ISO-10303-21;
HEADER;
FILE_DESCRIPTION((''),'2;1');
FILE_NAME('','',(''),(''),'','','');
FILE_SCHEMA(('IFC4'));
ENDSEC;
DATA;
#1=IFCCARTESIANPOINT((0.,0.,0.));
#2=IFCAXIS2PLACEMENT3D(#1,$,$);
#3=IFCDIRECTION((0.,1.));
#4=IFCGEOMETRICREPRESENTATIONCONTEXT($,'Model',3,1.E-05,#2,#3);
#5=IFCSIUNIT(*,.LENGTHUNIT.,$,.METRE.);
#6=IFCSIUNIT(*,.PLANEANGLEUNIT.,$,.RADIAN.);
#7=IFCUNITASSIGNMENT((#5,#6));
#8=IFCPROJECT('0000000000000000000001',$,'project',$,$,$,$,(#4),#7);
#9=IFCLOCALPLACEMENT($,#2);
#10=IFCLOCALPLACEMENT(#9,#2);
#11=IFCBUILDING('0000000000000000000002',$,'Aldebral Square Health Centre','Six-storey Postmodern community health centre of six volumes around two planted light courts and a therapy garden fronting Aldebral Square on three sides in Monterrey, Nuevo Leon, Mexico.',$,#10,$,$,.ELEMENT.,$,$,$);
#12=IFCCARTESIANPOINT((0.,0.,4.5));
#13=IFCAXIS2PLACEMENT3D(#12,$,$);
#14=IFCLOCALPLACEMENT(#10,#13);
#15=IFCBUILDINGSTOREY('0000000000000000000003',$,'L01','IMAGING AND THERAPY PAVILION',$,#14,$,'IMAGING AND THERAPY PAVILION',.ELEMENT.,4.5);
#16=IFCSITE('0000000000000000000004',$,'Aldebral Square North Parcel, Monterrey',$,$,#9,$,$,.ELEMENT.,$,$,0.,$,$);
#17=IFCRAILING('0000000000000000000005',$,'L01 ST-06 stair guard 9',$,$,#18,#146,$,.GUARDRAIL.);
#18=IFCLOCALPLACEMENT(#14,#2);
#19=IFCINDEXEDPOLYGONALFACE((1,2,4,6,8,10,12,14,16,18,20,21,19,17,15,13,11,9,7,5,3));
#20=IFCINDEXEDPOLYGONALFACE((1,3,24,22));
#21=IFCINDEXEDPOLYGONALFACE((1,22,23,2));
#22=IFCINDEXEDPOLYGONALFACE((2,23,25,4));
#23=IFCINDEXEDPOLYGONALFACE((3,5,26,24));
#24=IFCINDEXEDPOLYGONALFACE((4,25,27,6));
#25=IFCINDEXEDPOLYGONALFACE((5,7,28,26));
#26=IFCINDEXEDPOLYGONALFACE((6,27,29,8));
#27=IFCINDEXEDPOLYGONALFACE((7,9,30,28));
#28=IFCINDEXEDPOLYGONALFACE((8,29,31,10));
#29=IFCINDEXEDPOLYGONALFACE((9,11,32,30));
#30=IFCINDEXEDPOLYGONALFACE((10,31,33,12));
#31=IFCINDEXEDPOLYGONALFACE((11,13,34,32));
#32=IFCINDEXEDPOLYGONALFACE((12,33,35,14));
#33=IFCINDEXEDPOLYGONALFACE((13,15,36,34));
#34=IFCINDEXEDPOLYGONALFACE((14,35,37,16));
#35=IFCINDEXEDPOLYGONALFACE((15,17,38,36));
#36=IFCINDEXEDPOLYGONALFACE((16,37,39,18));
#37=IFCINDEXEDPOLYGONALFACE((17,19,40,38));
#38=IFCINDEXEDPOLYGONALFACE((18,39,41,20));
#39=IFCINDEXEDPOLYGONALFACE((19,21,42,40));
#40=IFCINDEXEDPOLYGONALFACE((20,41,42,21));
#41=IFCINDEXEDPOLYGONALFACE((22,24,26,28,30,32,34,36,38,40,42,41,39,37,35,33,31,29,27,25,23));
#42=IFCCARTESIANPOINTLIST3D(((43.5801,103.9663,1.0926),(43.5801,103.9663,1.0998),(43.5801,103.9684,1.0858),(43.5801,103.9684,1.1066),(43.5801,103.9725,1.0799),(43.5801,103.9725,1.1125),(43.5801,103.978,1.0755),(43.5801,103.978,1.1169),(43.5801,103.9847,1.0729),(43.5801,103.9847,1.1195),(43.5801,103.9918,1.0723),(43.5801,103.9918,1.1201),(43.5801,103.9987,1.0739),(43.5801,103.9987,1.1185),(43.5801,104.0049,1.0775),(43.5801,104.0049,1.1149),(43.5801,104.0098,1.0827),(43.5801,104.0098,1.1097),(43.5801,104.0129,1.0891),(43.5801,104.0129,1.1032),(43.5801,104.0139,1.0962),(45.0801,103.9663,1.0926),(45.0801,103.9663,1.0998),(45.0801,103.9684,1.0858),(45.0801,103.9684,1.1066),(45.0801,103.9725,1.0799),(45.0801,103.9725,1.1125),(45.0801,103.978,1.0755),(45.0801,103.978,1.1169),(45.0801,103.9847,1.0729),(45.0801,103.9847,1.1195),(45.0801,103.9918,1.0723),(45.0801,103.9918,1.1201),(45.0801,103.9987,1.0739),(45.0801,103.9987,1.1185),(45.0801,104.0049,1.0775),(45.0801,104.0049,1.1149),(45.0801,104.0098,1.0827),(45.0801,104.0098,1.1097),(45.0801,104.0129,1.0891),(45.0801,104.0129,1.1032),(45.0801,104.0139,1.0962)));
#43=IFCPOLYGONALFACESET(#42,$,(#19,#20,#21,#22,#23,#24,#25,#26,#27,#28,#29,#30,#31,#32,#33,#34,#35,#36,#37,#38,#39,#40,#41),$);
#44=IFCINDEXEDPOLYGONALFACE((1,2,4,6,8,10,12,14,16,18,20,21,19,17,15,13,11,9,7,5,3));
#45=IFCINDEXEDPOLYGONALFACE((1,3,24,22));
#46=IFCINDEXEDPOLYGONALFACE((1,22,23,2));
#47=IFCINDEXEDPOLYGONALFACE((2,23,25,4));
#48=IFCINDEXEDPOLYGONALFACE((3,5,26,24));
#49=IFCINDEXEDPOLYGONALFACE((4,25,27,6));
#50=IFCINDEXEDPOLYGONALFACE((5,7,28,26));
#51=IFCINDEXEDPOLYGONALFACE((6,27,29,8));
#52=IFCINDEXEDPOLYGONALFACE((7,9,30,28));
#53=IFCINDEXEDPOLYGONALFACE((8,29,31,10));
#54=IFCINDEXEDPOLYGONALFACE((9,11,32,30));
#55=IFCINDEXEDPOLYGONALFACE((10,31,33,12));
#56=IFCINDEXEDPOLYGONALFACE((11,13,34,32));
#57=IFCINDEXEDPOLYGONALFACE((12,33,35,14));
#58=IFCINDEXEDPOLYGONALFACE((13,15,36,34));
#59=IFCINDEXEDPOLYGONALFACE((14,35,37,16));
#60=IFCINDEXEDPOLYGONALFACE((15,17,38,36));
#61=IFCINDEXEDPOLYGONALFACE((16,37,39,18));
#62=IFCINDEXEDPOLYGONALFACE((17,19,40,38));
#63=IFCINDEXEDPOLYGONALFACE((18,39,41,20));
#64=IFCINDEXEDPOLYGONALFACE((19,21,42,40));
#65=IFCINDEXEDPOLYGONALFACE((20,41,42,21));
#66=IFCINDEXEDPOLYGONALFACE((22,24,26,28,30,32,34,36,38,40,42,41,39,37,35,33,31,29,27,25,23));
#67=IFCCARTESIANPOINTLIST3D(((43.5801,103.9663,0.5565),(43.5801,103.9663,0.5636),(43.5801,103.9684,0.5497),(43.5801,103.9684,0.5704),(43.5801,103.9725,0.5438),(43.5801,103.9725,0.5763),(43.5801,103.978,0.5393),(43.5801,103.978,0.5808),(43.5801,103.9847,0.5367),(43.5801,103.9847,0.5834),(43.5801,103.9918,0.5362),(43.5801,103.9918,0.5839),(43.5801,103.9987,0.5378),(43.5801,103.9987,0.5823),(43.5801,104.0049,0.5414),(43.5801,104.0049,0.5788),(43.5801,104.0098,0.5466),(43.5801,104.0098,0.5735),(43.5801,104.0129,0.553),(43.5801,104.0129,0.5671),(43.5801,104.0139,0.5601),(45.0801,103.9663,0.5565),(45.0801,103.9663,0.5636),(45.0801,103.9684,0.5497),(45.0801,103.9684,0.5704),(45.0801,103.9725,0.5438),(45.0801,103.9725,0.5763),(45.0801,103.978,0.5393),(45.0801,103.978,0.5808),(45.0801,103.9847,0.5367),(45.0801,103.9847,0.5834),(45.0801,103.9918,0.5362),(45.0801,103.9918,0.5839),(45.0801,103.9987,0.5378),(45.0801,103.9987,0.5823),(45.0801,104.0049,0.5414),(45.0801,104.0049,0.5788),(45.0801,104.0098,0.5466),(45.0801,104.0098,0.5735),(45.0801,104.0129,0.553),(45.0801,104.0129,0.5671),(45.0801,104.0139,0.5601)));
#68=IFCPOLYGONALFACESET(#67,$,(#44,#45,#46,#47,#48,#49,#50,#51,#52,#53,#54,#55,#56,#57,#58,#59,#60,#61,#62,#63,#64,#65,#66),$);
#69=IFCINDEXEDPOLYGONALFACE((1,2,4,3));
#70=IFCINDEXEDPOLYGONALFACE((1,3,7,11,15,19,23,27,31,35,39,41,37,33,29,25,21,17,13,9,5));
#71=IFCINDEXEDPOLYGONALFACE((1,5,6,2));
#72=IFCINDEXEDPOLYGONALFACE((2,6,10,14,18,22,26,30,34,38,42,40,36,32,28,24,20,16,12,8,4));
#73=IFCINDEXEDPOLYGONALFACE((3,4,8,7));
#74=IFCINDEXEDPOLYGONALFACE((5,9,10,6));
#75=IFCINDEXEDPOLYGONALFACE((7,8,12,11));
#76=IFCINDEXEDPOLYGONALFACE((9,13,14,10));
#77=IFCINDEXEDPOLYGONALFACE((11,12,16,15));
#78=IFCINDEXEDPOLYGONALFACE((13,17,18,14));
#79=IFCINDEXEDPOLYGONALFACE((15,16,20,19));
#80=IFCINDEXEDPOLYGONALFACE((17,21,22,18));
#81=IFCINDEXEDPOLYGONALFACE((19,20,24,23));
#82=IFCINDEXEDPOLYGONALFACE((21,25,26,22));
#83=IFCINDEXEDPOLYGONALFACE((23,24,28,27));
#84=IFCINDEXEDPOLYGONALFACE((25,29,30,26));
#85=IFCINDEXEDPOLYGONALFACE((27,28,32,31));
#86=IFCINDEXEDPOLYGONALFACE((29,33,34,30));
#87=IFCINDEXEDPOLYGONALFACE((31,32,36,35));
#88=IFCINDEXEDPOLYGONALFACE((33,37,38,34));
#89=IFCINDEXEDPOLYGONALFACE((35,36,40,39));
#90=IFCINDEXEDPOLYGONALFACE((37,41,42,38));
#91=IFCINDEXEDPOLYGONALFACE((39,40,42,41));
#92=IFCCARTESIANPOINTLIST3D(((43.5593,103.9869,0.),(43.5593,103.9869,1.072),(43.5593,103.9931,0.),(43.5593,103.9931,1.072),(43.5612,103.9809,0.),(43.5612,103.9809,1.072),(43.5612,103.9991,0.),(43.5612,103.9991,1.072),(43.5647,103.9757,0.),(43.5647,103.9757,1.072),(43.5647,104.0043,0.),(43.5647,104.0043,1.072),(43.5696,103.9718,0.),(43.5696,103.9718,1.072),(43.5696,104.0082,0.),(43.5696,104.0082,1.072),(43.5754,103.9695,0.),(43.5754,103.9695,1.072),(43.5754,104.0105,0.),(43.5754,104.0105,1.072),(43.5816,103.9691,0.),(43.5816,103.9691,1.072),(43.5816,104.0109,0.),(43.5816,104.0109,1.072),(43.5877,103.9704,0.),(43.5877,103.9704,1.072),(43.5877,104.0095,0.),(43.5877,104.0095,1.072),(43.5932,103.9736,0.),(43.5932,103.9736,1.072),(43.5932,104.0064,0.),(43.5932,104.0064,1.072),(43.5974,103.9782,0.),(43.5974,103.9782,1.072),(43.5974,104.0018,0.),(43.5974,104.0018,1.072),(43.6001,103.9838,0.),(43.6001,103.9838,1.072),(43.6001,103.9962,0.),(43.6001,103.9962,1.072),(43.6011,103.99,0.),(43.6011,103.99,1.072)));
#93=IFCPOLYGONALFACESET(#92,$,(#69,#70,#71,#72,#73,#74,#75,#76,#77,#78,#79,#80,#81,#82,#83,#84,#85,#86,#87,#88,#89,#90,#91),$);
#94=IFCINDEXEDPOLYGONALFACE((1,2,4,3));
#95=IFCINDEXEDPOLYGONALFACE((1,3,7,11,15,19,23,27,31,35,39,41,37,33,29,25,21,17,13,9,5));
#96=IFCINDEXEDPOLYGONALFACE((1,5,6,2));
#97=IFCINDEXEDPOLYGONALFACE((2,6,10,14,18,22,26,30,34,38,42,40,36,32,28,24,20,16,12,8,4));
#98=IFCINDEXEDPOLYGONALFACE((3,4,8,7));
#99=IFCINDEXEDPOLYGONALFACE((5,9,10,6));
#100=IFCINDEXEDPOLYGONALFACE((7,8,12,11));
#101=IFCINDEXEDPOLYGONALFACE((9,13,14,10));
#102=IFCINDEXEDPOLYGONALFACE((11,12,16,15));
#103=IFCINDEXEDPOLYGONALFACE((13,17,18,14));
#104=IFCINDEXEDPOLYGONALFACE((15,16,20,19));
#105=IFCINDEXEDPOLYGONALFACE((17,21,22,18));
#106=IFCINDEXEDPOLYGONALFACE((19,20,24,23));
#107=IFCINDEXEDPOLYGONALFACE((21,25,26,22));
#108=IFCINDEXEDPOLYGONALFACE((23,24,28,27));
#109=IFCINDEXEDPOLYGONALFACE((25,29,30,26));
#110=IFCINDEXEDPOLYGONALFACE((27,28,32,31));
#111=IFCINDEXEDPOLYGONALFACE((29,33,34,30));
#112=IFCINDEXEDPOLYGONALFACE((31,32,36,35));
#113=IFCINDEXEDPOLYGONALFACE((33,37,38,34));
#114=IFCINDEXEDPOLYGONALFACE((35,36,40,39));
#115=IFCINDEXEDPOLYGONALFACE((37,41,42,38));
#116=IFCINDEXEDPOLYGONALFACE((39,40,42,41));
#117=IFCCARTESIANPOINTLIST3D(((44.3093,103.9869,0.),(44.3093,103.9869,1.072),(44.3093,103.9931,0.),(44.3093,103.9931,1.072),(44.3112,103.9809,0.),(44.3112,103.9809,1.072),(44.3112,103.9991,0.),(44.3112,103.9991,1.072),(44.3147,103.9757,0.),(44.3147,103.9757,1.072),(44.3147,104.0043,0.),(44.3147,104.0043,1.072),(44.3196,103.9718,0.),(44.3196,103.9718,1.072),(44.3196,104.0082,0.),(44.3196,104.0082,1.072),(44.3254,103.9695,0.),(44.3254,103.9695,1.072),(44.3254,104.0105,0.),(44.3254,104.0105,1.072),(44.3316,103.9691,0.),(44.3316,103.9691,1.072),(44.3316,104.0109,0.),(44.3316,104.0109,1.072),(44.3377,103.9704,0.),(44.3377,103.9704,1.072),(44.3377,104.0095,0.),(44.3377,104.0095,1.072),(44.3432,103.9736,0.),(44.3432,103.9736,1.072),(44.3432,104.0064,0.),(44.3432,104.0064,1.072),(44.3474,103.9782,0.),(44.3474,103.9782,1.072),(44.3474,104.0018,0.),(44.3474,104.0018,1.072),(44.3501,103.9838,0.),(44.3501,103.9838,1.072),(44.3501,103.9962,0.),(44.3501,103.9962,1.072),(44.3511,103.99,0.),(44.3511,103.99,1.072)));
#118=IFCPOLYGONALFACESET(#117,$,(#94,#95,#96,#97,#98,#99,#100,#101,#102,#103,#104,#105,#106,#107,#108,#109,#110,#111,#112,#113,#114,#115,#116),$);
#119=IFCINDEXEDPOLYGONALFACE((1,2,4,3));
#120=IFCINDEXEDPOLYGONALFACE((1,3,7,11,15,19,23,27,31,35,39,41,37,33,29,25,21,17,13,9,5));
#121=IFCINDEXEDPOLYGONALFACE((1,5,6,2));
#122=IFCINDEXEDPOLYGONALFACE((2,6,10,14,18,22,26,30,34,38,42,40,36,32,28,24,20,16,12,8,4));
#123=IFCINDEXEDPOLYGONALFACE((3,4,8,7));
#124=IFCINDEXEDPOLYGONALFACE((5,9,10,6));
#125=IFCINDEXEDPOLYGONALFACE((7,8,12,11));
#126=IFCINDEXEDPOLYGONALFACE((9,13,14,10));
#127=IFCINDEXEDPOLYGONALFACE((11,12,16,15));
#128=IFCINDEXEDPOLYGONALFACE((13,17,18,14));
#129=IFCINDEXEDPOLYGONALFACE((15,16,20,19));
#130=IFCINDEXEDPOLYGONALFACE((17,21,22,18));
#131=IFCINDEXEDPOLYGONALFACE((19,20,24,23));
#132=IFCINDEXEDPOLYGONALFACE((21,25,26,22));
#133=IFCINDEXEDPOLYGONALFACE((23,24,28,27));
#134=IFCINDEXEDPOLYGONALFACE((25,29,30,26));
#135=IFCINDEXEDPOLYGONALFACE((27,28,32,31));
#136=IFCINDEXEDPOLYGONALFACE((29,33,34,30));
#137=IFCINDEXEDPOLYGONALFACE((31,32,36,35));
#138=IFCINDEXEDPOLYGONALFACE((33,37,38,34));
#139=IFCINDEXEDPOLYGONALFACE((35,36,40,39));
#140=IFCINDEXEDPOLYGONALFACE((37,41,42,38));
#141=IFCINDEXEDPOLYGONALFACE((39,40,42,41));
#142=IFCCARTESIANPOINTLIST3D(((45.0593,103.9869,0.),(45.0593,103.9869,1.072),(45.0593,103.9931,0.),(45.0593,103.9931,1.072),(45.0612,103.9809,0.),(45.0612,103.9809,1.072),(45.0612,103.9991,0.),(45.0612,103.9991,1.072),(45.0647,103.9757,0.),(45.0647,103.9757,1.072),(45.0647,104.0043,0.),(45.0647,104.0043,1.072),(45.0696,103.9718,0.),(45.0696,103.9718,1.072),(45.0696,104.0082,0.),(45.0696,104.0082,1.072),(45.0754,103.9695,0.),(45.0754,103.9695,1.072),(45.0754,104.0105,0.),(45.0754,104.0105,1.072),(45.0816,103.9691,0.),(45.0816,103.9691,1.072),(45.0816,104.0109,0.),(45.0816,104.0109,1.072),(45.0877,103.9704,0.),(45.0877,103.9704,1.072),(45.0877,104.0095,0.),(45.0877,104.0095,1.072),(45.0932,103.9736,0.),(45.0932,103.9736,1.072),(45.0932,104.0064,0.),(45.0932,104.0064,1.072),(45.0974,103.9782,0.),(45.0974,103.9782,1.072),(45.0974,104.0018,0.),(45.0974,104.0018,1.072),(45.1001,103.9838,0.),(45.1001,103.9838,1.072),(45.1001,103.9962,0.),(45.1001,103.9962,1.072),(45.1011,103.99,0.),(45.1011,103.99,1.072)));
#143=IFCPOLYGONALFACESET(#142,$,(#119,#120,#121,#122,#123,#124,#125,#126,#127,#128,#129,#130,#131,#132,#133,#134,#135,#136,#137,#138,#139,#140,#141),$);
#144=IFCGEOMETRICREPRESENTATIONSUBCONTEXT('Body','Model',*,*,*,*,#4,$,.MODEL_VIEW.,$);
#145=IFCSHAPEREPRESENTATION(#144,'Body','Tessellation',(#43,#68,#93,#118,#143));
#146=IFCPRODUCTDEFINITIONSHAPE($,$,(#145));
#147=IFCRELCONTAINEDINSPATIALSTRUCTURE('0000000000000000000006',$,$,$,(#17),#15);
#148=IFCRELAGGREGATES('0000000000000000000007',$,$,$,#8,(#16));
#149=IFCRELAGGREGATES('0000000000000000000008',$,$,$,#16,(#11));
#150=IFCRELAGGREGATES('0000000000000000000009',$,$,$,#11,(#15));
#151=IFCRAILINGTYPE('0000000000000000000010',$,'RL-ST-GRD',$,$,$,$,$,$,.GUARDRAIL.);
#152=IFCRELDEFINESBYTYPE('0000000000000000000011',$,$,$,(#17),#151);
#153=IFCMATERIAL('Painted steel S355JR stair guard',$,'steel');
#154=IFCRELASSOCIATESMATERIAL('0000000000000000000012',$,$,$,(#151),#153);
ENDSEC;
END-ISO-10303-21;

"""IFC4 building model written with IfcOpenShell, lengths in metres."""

from ifc_helpers import new_model, si_unit, direction, frame, origin, origin_2d, place, context, subcontext, project, spatial, circle, extrude, material, type_object, element, save


model = new_model("IFC4")

# Units and contexts
model_context = context("Model", 3, precision=1e-05, world=origin(), true_north=direction((0.0, 1.0)))
body_context = subcontext(model_context, "Body", "Model", "MODEL_VIEW")
ifc_project = project(units=[si_unit("LENGTHUNIT", "METRE"), si_unit("PLANEANGLEUNIT", "RADIAN")], contexts=[model_context])

# Site, building, storey
site_placement = place(None, origin())
site = spatial("IfcSite", under=ifc_project, at=site_placement, Name="Aldebral Square North Parcel, Monterrey", CompositionType="ELEMENT", RefElevation=0.0)
building_placement = place(site_placement, origin())
building = spatial("IfcBuilding", under=site, at=building_placement, Name="Aldebral Square Health Centre", Description="Six-storey Postmodern community health centre of six volumes around two planted light courts and a therapy garden fronting Aldebral Square on three sides in Monterrey, Nuevo Leon, Mexico.", CompositionType="ELEMENT")
storey_placement = place(building_placement, frame((0.0, 0.0, 4.5)))
storey = spatial("IfcBuildingStorey", under=building, at=storey_placement, Name="L01", Description="IMAGING AND THERAPY PAVILION", LongName="IMAGING AND THERAPY PAVILION", CompositionType="ELEMENT", Elevation=4.5)

# Railing
ifc_material_1 = material(Name="Painted steel S355JR stair guard", Category="steel")
railing_type_1 = type_object("IfcRailingType", Name="RL-ST-GRD", PredefinedType="GUARDRAIL", material=ifc_material_1)
for number, where, name in (
    (1, (43.5801, 103.99, 0.0), "L01 ST-06 stair guard 9"),
):
    element("IfcRailing", number, at=place(storey_placement, frame(where)), inside=storey, type_object=railing_type_1, Name=name, PredefinedType="GUARDRAIL", context=body_context, shape_type="SweptSolid", body=[
        extrude(circle(Radius=0.0239, at=origin_2d()), frame((0.0, 0.0, 1.0962), z_axis=(1.0, 0.0, 0.0), x_axis=(0.0, 1.0, 0.0)), (0.0, 0.0, 1.0), 1.5),
        extrude(circle(Radius=0.0239, at=origin_2d()), frame((0.0, 0.0, 0.5601), z_axis=(1.0, 0.0, 0.0), x_axis=(0.0, 1.0, 0.0)), (0.0, 0.0, 1.0), 1.5),
        extrude(circle(Radius=0.021, at=origin_2d()), origin(), (0.0, 0.0, 1.0), 1.072),
        extrude(circle(Radius=0.021, at=origin_2d()), frame((0.75, 0.0, 0.0)), (0.0, 0.0, 1.0), 1.072),
        extrude(circle(Radius=0.021, at=origin_2d()), frame((1.5, 0.0, 0.0)), (0.0, 0.0, 1.0), 1.072),
    ])

save(model, "model.ifc")
